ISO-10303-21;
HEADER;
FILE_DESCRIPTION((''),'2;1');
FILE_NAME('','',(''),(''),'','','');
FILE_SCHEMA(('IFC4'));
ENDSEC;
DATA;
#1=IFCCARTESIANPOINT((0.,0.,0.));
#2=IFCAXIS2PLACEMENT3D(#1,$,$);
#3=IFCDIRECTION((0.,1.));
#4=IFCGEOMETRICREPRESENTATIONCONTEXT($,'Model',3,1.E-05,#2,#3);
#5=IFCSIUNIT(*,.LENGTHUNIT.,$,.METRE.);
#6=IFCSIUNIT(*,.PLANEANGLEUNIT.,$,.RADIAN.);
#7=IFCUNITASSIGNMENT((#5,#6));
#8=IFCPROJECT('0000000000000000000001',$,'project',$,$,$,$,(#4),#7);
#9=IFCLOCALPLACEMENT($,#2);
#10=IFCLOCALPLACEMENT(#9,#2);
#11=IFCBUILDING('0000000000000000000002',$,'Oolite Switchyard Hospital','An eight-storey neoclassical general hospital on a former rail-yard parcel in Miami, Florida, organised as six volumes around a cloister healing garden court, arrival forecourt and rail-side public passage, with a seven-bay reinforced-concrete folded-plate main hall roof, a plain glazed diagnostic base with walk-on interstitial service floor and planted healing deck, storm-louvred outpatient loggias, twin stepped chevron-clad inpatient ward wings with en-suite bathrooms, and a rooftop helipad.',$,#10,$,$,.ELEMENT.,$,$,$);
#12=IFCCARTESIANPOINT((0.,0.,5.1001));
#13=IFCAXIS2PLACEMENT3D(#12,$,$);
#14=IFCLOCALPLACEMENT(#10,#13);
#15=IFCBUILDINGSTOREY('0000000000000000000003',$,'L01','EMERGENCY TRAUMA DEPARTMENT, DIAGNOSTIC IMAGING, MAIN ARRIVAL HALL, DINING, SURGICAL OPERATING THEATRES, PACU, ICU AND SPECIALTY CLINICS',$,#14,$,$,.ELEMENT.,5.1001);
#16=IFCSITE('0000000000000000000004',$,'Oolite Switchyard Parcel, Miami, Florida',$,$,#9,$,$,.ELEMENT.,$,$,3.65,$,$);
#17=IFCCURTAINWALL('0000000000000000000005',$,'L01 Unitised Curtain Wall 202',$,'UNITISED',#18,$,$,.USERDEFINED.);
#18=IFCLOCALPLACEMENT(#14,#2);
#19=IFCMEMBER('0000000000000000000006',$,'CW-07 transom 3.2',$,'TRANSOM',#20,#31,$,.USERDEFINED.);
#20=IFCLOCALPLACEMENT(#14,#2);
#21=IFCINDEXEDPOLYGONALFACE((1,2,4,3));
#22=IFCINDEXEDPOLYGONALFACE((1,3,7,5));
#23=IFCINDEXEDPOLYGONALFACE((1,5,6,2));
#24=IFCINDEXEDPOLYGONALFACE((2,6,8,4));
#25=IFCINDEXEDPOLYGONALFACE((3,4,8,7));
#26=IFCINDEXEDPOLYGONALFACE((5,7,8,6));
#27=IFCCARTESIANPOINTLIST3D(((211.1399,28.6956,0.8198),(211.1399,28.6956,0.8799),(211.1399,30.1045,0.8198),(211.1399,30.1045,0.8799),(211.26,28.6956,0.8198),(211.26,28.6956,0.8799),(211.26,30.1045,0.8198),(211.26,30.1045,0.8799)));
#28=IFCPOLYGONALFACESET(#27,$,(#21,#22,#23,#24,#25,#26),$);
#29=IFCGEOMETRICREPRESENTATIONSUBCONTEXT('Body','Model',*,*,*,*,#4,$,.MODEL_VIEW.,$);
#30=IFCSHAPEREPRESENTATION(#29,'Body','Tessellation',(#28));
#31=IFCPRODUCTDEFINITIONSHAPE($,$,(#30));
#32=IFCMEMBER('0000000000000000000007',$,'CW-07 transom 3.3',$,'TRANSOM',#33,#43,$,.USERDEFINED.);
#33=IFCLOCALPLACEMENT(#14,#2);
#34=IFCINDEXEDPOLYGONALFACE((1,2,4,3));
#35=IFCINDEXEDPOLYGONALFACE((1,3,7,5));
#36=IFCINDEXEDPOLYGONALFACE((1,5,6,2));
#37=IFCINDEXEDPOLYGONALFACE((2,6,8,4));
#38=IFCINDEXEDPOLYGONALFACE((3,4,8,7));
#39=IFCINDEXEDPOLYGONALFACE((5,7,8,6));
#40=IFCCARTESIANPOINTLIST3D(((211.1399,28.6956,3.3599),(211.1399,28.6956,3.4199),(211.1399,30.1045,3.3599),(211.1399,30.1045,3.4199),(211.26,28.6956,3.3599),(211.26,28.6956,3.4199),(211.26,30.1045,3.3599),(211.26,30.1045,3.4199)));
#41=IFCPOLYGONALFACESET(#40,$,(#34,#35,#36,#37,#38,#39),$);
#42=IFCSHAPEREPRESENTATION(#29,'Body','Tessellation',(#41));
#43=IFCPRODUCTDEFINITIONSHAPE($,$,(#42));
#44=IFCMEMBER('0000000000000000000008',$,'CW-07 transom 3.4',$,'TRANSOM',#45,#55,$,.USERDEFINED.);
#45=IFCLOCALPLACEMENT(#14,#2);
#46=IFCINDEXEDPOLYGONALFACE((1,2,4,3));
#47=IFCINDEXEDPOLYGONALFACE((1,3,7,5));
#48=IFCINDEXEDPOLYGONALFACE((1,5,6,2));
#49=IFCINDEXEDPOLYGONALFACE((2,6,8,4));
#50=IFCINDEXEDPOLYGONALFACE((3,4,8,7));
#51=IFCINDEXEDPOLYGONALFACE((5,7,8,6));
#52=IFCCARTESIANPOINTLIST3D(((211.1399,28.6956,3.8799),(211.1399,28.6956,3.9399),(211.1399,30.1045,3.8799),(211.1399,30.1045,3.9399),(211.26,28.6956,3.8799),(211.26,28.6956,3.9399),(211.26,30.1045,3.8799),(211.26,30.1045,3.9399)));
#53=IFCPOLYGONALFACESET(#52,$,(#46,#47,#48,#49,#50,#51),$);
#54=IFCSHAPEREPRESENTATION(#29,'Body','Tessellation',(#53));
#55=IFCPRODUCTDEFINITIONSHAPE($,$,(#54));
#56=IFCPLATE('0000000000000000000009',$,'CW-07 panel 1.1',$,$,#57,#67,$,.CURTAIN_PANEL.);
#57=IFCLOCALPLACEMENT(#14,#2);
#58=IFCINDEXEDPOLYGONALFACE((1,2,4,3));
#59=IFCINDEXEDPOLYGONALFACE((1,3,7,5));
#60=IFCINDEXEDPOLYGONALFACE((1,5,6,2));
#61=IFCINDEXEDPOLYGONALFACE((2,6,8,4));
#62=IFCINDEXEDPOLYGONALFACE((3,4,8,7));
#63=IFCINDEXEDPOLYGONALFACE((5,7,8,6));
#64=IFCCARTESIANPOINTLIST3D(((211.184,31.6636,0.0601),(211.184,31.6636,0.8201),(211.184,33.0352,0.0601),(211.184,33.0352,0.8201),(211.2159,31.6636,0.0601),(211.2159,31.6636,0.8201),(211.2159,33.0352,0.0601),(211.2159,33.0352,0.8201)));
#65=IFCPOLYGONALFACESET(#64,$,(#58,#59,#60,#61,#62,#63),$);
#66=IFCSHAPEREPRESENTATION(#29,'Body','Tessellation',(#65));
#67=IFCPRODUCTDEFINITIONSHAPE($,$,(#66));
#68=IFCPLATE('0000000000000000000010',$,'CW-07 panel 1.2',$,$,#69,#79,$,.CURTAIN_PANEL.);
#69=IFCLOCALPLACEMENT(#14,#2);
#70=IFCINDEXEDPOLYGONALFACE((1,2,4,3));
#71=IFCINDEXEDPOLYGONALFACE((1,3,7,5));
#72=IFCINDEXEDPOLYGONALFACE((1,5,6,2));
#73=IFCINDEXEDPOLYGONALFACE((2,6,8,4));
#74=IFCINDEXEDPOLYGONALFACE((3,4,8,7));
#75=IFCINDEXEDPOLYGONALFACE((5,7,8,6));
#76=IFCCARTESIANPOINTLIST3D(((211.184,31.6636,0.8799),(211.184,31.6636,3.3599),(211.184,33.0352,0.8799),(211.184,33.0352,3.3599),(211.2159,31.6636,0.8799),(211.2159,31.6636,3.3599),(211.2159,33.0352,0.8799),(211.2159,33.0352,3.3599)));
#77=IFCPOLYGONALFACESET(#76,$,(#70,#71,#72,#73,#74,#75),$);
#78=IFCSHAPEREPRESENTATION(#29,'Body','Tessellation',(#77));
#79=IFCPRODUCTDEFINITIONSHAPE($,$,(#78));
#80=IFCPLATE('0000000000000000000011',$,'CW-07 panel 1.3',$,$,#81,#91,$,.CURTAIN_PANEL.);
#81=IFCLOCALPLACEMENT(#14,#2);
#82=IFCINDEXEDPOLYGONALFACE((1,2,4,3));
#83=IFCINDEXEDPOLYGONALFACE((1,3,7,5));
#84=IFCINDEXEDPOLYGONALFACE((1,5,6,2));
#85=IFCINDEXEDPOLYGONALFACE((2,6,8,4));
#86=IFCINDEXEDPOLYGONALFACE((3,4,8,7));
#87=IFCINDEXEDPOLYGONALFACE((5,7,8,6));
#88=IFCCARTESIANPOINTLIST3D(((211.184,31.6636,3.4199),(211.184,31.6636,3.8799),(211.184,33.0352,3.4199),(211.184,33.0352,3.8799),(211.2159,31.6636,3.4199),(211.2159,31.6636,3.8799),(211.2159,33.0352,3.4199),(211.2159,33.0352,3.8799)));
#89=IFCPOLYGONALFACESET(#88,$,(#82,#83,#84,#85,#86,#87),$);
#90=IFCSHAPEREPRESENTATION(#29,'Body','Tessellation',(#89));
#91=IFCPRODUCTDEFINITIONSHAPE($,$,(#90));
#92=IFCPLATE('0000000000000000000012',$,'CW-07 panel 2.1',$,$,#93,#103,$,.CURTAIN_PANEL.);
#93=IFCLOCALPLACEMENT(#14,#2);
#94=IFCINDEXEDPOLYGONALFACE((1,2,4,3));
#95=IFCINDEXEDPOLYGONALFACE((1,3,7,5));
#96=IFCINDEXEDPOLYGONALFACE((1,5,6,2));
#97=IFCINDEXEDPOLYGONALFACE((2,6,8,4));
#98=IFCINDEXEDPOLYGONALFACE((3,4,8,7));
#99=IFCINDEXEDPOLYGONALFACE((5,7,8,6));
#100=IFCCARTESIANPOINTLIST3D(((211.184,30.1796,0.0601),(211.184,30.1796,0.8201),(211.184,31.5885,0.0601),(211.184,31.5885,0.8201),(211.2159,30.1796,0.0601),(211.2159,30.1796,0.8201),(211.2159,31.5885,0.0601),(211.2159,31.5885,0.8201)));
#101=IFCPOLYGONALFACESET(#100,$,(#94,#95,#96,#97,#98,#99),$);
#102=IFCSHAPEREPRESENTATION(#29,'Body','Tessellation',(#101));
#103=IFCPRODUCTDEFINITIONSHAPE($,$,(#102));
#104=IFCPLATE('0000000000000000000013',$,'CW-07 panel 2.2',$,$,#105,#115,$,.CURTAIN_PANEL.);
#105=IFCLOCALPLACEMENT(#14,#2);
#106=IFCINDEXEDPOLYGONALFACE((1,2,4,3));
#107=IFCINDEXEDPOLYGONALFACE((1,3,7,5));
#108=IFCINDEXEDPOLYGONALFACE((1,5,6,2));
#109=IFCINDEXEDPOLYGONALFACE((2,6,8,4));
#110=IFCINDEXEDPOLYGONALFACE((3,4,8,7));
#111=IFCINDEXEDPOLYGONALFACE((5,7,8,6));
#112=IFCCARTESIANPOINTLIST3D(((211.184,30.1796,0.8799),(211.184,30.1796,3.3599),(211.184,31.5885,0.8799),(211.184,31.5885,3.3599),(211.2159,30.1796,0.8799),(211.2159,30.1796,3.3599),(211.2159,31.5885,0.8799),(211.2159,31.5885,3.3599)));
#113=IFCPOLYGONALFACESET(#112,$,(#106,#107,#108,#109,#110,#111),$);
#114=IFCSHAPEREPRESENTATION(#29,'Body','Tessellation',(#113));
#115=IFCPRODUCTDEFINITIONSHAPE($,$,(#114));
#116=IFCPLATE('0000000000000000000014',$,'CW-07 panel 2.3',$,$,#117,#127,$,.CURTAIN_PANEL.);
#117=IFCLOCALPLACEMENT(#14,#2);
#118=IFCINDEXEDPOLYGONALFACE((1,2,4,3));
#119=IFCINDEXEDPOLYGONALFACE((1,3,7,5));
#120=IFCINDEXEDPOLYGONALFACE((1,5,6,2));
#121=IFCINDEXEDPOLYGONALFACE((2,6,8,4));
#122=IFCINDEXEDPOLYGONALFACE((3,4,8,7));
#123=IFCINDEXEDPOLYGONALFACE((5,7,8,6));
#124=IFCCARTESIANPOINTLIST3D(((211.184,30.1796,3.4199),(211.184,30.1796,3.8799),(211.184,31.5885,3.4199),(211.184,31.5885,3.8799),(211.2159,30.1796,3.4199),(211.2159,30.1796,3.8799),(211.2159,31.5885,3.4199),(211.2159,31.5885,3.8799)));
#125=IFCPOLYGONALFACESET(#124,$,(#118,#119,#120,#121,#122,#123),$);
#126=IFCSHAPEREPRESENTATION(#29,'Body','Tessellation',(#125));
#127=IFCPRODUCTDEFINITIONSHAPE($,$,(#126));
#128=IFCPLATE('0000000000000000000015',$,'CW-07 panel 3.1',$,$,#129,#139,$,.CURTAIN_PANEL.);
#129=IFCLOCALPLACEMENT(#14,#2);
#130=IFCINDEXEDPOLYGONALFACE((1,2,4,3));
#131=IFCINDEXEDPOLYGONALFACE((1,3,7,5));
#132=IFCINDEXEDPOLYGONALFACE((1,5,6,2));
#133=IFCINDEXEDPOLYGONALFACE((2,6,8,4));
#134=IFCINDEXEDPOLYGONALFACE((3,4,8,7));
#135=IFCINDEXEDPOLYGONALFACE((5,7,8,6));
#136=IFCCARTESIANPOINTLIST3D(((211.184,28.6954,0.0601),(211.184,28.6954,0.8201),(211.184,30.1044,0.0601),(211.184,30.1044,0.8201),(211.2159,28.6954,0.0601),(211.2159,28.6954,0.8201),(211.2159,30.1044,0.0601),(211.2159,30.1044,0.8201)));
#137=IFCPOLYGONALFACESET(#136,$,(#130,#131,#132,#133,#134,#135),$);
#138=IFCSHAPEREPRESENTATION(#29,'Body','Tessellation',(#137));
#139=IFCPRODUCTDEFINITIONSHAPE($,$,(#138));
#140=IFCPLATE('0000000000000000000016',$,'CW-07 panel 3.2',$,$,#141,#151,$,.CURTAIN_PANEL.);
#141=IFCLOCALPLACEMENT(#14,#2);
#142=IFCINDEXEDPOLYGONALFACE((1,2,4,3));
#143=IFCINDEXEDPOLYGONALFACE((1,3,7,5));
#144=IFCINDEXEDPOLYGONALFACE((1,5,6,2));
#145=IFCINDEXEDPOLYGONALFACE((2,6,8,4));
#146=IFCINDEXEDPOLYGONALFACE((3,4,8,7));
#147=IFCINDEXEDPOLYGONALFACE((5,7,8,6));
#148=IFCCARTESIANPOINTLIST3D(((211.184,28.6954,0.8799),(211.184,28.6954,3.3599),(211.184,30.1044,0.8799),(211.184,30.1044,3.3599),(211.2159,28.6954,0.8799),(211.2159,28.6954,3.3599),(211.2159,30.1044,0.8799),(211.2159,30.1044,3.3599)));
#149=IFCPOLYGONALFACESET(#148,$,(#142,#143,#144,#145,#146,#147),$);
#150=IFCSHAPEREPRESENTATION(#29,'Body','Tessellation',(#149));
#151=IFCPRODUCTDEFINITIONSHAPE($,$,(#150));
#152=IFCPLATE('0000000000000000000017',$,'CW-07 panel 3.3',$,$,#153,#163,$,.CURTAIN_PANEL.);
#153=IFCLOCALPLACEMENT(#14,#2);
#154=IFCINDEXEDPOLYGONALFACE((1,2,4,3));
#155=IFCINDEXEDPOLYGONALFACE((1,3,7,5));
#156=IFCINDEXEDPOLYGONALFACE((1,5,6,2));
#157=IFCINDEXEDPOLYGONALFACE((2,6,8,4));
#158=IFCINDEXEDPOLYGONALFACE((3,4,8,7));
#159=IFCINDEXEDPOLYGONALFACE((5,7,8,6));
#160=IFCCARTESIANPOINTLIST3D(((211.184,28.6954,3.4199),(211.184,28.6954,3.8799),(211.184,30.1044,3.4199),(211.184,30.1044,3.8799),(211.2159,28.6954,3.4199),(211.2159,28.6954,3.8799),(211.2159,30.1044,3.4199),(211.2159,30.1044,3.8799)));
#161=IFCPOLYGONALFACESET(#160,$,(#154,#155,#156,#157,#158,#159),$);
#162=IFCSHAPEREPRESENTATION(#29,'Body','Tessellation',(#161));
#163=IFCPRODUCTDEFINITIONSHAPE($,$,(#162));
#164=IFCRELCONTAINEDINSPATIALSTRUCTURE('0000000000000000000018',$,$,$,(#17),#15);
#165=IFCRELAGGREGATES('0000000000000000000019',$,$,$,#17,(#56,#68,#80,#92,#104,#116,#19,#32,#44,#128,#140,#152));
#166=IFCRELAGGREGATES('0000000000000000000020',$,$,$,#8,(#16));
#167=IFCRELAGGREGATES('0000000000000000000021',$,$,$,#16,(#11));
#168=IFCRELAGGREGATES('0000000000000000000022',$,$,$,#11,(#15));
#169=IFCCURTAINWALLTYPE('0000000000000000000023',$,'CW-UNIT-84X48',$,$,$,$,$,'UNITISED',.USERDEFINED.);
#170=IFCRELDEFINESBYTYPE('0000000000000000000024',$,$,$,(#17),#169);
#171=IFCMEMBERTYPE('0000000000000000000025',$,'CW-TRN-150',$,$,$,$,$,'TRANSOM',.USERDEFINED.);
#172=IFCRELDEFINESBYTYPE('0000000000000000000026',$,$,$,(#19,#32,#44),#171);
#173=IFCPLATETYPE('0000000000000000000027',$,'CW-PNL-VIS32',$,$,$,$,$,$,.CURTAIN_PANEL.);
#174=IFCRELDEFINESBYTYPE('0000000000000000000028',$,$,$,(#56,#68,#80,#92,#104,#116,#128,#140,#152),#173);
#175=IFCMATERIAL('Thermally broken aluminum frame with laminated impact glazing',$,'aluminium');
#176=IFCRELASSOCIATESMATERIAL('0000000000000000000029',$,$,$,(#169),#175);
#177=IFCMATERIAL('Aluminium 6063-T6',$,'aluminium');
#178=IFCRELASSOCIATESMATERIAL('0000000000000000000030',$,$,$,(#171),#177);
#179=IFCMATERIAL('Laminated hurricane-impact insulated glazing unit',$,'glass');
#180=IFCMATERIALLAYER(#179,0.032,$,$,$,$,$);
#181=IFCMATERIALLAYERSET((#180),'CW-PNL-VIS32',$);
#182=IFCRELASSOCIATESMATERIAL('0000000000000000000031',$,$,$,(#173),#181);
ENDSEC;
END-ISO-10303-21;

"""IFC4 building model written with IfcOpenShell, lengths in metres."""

from ifc_helpers import new_model, si_unit, direction, frame, origin, origin_2d, place, context, subcontext, project, spatial, rectangle, extrude, material, layer, layer_set, material_profile, profile_set, type_object, element, aggregate, save


model = new_model("IFC4")

# Units and contexts
model_context = context("Model", 3, precision=1e-05, world=origin(), true_north=direction((0.0, 1.0)))
body_context = subcontext(model_context, "Body", "Model", "MODEL_VIEW")
ifc_project = project(units=[si_unit("LENGTHUNIT", "METRE"), si_unit("PLANEANGLEUNIT", "RADIAN")], contexts=[model_context])

# Site, building, storey
site_placement = place(None, origin())
site = spatial("IfcSite", under=ifc_project, at=site_placement, Name="Oolite Switchyard Parcel, Miami, Florida", CompositionType="ELEMENT", RefElevation=3.65)
building_placement = place(site_placement, origin())
building = spatial("IfcBuilding", under=site, at=building_placement, Name="Oolite Switchyard Hospital", Description="An eight-storey neoclassical general hospital on a former rail-yard parcel in Miami, Florida, organised as six volumes around a cloister healing garden court, arrival forecourt and rail-side public passage, with a seven-bay reinforced-concrete folded-plate main hall roof, a plain glazed diagnostic base with walk-on interstitial service floor and planted healing deck, storm-louvred outpatient loggias, twin stepped chevron-clad inpatient ward wings with en-suite bathrooms, and a rooftop helipad.", CompositionType="ELEMENT")
storey_placement = place(building_placement, frame((0.0, 0.0, 5.1001)))
storey = spatial("IfcBuildingStorey", under=building, at=storey_placement, Name="L01", Description="EMERGENCY TRAUMA DEPARTMENT, DIAGNOSTIC IMAGING, MAIN ARRIVAL HALL, DINING, SURGICAL OPERATING THEATRES, PACU, ICU AND SPECIALTY CLINICS", CompositionType="ELEMENT", Elevation=5.1001)

# Curtain wall, members, plates
ifc_material_1 = material(Name="Thermally broken aluminum frame with laminated impact glazing", Category="aluminium")
curtain_wall_type = type_object("IfcCurtainWallType", Name="CW-UNIT-84X48", ElementType="UNITISED", PredefinedType="USERDEFINED", material=ifc_material_1)
curtain_wall_placement = place(storey_placement, origin())
curtain_wall = element("IfcCurtainWall", 1, at=curtain_wall_placement, inside=storey, type_object=curtain_wall_type, Name="L01 Unitised Curtain Wall 202", ObjectType="UNITISED", PredefinedType="USERDEFINED")
ifc_material_2 = material(Name="Aluminium 6063-T6", Category="aluminium")
ifc_material_profile_1 = material_profile(ifc_material_2, rectangle(XDim=0.1201, YDim=0.0601, at=origin_2d()), Name="CWT60X120")
ifc_profile_set_1 = profile_set([ifc_material_profile_1], Name="Aluminium 6063-T6")
member_type_1 = type_object("IfcMemberType", Name="CW-TRN-150", ElementType="TRANSOM", PredefinedType="USERDEFINED", material=ifc_profile_set_1)
member_1_placement = place(storey_placement, frame((211.2, 30.1045, 0.8499), z_axis=(0.0, -1.0, 0.0), x_axis=(1.0, 0.0, 0.0)))
member_1 = element("IfcMember", 2, at=member_1_placement, type_object=member_type_1, Name="CW-07 transom 3.2", ObjectType="TRANSOM", PredefinedType="USERDEFINED", context=body_context, shape_type="SweptSolid", body=[
    extrude(rectangle(XDim=0.1201, YDim=0.0601, at=origin_2d()), origin(), (0.0, 0.0, 1.0), 1.4089),
])
member_2_placement = place(storey_placement, frame((211.2, 30.1045, 3.3899), z_axis=(0.0, -1.0, 0.0), x_axis=(1.0, 0.0, 0.0)))
member_2 = element("IfcMember", 3, at=member_2_placement, type_object=member_type_1, Name="CW-07 transom 3.3", ObjectType="TRANSOM", PredefinedType="USERDEFINED", context=body_context, shape_type="SweptSolid", body=[
    extrude(rectangle(XDim=0.1201, YDim=0.0601, at=origin_2d()), origin(), (0.0, 0.0, 1.0), 1.4089),
])
member_3_placement = place(storey_placement, frame((211.2, 30.1045, 3.9099), z_axis=(0.0, -1.0, 0.0), x_axis=(1.0, 0.0, 0.0)))
member_3 = element("IfcMember", 4, at=member_3_placement, type_object=member_type_1, Name="CW-07 transom 3.4", ObjectType="TRANSOM", PredefinedType="USERDEFINED", context=body_context, shape_type="SweptSolid", body=[
    extrude(rectangle(XDim=0.1201, YDim=0.0601, at=origin_2d()), origin(), (0.0, 0.0, 1.0), 1.4089),
])
ifc_material_3 = material(Name="Laminated hurricane-impact insulated glazing unit", Category="glass")
ifc_layer = layer(ifc_material_3, 0.032)
ifc_layer_set = layer_set([ifc_layer], Name="CW-PNL-VIS32")
plate_type = type_object("IfcPlateType", Name="CW-PNL-VIS32", PredefinedType="CURTAIN_PANEL", material=ifc_layer_set)
plate_1_placement = place(storey_placement, frame((211.2, 32.3494, 0.0601), z_axis=(0.0, 0.0, 1.0), x_axis=(0.0, -1.0, 0.0)))
plate_1 = element("IfcPlate", 5, at=plate_1_placement, type_object=plate_type, Name="CW-07 panel 1.1", PredefinedType="CURTAIN_PANEL", context=body_context, shape_type="SweptSolid", body=[
    extrude(rectangle(XDim=1.3716, YDim=0.032, at=origin_2d()), origin(), (0.0, 0.0, 1.0), 0.76),
])
plate_2_placement = place(storey_placement, frame((211.2, 32.3494, 0.8799), z_axis=(0.0, 0.0, 1.0), x_axis=(0.0, -1.0, 0.0)))
plate_2 = element("IfcPlate", 6, at=plate_2_placement, type_object=plate_type, Name="CW-07 panel 1.2", PredefinedType="CURTAIN_PANEL", context=body_context, shape_type="SweptSolid", body=[
    extrude(rectangle(XDim=1.3716, YDim=0.032, at=origin_2d()), origin(), (0.0, 0.0, 1.0), 2.48),
])
plate_3_placement = place(storey_placement, frame((211.2, 32.3494, 3.4199), z_axis=(0.0, 0.0, 1.0), x_axis=(0.0, -1.0, 0.0)))
plate_3 = element("IfcPlate", 7, at=plate_3_placement, type_object=plate_type, Name="CW-07 panel 1.3", PredefinedType="CURTAIN_PANEL", context=body_context, shape_type="SweptSolid", body=[
    extrude(rectangle(XDim=1.3716, YDim=0.032, at=origin_2d()), origin(), (0.0, 0.0, 1.0), 0.46),
])
plate_4_placement = place(storey_placement, frame((211.2, 30.884, 0.0601), z_axis=(0.0, 0.0, 1.0), x_axis=(0.0, -1.0, 0.0)))
plate_4 = element("IfcPlate", 8, at=plate_4_placement, type_object=plate_type, Name="CW-07 panel 2.1", PredefinedType="CURTAIN_PANEL", context=body_context, shape_type="SweptSolid", body=[
    extrude(rectangle(XDim=1.4089, YDim=0.032, at=origin_2d()), origin(), (0.0, 0.0, 1.0), 0.76),
])
plate_5_placement = place(storey_placement, frame((211.2, 30.884, 0.8799), z_axis=(0.0, 0.0, 1.0), x_axis=(0.0, -1.0, 0.0)))
plate_5 = element("IfcPlate", 9, at=plate_5_placement, type_object=plate_type, Name="CW-07 panel 2.2", PredefinedType="CURTAIN_PANEL", context=body_context, shape_type="SweptSolid", body=[
    extrude(rectangle(XDim=1.4089, YDim=0.032, at=origin_2d()), origin(), (0.0, 0.0, 1.0), 2.48),
])
plate_6_placement = place(storey_placement, frame((211.2, 30.884, 3.4199), z_axis=(0.0, 0.0, 1.0), x_axis=(0.0, -1.0, 0.0)))
plate_6 = element("IfcPlate", 10, at=plate_6_placement, type_object=plate_type, Name="CW-07 panel 2.3", PredefinedType="CURTAIN_PANEL", context=body_context, shape_type="SweptSolid", body=[
    extrude(rectangle(XDim=1.4089, YDim=0.032, at=origin_2d()), origin(), (0.0, 0.0, 1.0), 0.46),
])
plate_7_placement = place(storey_placement, frame((211.2, 29.3999, 0.0601), z_axis=(0.0, 0.0, 1.0), x_axis=(0.0, -1.0, 0.0)))
plate_7 = element("IfcPlate", 11, at=plate_7_placement, type_object=plate_type, Name="CW-07 panel 3.1", PredefinedType="CURTAIN_PANEL", context=body_context, shape_type="SweptSolid", body=[
    extrude(rectangle(XDim=1.4089, YDim=0.032, at=origin_2d()), origin(), (0.0, 0.0, 1.0), 0.76),
])
plate_8_placement = place(storey_placement, frame((211.2, 29.3999, 0.8799), z_axis=(0.0, 0.0, 1.0), x_axis=(0.0, -1.0, 0.0)))
plate_8 = element("IfcPlate", 12, at=plate_8_placement, type_object=plate_type, Name="CW-07 panel 3.2", PredefinedType="CURTAIN_PANEL", context=body_context, shape_type="SweptSolid", body=[
    extrude(rectangle(XDim=1.4089, YDim=0.032, at=origin_2d()), origin(), (0.0, 0.0, 1.0), 2.48),
])
plate_9_placement = place(storey_placement, frame((211.2, 29.3999, 3.4199), z_axis=(0.0, 0.0, 1.0), x_axis=(0.0, -1.0, 0.0)))
plate_9 = element("IfcPlate", 13, at=plate_9_placement, type_object=plate_type, Name="CW-07 panel 3.3", PredefinedType="CURTAIN_PANEL", context=body_context, shape_type="SweptSolid", body=[
    extrude(rectangle(XDim=1.4089, YDim=0.032, at=origin_2d()), origin(), (0.0, 0.0, 1.0), 0.46),
])
aggregate(curtain_wall, [plate_1, plate_2, plate_3, plate_4, plate_5, plate_6, member_1, member_2, member_3, plate_7, plate_8, plate_9])

save(model, "model.ifc")
